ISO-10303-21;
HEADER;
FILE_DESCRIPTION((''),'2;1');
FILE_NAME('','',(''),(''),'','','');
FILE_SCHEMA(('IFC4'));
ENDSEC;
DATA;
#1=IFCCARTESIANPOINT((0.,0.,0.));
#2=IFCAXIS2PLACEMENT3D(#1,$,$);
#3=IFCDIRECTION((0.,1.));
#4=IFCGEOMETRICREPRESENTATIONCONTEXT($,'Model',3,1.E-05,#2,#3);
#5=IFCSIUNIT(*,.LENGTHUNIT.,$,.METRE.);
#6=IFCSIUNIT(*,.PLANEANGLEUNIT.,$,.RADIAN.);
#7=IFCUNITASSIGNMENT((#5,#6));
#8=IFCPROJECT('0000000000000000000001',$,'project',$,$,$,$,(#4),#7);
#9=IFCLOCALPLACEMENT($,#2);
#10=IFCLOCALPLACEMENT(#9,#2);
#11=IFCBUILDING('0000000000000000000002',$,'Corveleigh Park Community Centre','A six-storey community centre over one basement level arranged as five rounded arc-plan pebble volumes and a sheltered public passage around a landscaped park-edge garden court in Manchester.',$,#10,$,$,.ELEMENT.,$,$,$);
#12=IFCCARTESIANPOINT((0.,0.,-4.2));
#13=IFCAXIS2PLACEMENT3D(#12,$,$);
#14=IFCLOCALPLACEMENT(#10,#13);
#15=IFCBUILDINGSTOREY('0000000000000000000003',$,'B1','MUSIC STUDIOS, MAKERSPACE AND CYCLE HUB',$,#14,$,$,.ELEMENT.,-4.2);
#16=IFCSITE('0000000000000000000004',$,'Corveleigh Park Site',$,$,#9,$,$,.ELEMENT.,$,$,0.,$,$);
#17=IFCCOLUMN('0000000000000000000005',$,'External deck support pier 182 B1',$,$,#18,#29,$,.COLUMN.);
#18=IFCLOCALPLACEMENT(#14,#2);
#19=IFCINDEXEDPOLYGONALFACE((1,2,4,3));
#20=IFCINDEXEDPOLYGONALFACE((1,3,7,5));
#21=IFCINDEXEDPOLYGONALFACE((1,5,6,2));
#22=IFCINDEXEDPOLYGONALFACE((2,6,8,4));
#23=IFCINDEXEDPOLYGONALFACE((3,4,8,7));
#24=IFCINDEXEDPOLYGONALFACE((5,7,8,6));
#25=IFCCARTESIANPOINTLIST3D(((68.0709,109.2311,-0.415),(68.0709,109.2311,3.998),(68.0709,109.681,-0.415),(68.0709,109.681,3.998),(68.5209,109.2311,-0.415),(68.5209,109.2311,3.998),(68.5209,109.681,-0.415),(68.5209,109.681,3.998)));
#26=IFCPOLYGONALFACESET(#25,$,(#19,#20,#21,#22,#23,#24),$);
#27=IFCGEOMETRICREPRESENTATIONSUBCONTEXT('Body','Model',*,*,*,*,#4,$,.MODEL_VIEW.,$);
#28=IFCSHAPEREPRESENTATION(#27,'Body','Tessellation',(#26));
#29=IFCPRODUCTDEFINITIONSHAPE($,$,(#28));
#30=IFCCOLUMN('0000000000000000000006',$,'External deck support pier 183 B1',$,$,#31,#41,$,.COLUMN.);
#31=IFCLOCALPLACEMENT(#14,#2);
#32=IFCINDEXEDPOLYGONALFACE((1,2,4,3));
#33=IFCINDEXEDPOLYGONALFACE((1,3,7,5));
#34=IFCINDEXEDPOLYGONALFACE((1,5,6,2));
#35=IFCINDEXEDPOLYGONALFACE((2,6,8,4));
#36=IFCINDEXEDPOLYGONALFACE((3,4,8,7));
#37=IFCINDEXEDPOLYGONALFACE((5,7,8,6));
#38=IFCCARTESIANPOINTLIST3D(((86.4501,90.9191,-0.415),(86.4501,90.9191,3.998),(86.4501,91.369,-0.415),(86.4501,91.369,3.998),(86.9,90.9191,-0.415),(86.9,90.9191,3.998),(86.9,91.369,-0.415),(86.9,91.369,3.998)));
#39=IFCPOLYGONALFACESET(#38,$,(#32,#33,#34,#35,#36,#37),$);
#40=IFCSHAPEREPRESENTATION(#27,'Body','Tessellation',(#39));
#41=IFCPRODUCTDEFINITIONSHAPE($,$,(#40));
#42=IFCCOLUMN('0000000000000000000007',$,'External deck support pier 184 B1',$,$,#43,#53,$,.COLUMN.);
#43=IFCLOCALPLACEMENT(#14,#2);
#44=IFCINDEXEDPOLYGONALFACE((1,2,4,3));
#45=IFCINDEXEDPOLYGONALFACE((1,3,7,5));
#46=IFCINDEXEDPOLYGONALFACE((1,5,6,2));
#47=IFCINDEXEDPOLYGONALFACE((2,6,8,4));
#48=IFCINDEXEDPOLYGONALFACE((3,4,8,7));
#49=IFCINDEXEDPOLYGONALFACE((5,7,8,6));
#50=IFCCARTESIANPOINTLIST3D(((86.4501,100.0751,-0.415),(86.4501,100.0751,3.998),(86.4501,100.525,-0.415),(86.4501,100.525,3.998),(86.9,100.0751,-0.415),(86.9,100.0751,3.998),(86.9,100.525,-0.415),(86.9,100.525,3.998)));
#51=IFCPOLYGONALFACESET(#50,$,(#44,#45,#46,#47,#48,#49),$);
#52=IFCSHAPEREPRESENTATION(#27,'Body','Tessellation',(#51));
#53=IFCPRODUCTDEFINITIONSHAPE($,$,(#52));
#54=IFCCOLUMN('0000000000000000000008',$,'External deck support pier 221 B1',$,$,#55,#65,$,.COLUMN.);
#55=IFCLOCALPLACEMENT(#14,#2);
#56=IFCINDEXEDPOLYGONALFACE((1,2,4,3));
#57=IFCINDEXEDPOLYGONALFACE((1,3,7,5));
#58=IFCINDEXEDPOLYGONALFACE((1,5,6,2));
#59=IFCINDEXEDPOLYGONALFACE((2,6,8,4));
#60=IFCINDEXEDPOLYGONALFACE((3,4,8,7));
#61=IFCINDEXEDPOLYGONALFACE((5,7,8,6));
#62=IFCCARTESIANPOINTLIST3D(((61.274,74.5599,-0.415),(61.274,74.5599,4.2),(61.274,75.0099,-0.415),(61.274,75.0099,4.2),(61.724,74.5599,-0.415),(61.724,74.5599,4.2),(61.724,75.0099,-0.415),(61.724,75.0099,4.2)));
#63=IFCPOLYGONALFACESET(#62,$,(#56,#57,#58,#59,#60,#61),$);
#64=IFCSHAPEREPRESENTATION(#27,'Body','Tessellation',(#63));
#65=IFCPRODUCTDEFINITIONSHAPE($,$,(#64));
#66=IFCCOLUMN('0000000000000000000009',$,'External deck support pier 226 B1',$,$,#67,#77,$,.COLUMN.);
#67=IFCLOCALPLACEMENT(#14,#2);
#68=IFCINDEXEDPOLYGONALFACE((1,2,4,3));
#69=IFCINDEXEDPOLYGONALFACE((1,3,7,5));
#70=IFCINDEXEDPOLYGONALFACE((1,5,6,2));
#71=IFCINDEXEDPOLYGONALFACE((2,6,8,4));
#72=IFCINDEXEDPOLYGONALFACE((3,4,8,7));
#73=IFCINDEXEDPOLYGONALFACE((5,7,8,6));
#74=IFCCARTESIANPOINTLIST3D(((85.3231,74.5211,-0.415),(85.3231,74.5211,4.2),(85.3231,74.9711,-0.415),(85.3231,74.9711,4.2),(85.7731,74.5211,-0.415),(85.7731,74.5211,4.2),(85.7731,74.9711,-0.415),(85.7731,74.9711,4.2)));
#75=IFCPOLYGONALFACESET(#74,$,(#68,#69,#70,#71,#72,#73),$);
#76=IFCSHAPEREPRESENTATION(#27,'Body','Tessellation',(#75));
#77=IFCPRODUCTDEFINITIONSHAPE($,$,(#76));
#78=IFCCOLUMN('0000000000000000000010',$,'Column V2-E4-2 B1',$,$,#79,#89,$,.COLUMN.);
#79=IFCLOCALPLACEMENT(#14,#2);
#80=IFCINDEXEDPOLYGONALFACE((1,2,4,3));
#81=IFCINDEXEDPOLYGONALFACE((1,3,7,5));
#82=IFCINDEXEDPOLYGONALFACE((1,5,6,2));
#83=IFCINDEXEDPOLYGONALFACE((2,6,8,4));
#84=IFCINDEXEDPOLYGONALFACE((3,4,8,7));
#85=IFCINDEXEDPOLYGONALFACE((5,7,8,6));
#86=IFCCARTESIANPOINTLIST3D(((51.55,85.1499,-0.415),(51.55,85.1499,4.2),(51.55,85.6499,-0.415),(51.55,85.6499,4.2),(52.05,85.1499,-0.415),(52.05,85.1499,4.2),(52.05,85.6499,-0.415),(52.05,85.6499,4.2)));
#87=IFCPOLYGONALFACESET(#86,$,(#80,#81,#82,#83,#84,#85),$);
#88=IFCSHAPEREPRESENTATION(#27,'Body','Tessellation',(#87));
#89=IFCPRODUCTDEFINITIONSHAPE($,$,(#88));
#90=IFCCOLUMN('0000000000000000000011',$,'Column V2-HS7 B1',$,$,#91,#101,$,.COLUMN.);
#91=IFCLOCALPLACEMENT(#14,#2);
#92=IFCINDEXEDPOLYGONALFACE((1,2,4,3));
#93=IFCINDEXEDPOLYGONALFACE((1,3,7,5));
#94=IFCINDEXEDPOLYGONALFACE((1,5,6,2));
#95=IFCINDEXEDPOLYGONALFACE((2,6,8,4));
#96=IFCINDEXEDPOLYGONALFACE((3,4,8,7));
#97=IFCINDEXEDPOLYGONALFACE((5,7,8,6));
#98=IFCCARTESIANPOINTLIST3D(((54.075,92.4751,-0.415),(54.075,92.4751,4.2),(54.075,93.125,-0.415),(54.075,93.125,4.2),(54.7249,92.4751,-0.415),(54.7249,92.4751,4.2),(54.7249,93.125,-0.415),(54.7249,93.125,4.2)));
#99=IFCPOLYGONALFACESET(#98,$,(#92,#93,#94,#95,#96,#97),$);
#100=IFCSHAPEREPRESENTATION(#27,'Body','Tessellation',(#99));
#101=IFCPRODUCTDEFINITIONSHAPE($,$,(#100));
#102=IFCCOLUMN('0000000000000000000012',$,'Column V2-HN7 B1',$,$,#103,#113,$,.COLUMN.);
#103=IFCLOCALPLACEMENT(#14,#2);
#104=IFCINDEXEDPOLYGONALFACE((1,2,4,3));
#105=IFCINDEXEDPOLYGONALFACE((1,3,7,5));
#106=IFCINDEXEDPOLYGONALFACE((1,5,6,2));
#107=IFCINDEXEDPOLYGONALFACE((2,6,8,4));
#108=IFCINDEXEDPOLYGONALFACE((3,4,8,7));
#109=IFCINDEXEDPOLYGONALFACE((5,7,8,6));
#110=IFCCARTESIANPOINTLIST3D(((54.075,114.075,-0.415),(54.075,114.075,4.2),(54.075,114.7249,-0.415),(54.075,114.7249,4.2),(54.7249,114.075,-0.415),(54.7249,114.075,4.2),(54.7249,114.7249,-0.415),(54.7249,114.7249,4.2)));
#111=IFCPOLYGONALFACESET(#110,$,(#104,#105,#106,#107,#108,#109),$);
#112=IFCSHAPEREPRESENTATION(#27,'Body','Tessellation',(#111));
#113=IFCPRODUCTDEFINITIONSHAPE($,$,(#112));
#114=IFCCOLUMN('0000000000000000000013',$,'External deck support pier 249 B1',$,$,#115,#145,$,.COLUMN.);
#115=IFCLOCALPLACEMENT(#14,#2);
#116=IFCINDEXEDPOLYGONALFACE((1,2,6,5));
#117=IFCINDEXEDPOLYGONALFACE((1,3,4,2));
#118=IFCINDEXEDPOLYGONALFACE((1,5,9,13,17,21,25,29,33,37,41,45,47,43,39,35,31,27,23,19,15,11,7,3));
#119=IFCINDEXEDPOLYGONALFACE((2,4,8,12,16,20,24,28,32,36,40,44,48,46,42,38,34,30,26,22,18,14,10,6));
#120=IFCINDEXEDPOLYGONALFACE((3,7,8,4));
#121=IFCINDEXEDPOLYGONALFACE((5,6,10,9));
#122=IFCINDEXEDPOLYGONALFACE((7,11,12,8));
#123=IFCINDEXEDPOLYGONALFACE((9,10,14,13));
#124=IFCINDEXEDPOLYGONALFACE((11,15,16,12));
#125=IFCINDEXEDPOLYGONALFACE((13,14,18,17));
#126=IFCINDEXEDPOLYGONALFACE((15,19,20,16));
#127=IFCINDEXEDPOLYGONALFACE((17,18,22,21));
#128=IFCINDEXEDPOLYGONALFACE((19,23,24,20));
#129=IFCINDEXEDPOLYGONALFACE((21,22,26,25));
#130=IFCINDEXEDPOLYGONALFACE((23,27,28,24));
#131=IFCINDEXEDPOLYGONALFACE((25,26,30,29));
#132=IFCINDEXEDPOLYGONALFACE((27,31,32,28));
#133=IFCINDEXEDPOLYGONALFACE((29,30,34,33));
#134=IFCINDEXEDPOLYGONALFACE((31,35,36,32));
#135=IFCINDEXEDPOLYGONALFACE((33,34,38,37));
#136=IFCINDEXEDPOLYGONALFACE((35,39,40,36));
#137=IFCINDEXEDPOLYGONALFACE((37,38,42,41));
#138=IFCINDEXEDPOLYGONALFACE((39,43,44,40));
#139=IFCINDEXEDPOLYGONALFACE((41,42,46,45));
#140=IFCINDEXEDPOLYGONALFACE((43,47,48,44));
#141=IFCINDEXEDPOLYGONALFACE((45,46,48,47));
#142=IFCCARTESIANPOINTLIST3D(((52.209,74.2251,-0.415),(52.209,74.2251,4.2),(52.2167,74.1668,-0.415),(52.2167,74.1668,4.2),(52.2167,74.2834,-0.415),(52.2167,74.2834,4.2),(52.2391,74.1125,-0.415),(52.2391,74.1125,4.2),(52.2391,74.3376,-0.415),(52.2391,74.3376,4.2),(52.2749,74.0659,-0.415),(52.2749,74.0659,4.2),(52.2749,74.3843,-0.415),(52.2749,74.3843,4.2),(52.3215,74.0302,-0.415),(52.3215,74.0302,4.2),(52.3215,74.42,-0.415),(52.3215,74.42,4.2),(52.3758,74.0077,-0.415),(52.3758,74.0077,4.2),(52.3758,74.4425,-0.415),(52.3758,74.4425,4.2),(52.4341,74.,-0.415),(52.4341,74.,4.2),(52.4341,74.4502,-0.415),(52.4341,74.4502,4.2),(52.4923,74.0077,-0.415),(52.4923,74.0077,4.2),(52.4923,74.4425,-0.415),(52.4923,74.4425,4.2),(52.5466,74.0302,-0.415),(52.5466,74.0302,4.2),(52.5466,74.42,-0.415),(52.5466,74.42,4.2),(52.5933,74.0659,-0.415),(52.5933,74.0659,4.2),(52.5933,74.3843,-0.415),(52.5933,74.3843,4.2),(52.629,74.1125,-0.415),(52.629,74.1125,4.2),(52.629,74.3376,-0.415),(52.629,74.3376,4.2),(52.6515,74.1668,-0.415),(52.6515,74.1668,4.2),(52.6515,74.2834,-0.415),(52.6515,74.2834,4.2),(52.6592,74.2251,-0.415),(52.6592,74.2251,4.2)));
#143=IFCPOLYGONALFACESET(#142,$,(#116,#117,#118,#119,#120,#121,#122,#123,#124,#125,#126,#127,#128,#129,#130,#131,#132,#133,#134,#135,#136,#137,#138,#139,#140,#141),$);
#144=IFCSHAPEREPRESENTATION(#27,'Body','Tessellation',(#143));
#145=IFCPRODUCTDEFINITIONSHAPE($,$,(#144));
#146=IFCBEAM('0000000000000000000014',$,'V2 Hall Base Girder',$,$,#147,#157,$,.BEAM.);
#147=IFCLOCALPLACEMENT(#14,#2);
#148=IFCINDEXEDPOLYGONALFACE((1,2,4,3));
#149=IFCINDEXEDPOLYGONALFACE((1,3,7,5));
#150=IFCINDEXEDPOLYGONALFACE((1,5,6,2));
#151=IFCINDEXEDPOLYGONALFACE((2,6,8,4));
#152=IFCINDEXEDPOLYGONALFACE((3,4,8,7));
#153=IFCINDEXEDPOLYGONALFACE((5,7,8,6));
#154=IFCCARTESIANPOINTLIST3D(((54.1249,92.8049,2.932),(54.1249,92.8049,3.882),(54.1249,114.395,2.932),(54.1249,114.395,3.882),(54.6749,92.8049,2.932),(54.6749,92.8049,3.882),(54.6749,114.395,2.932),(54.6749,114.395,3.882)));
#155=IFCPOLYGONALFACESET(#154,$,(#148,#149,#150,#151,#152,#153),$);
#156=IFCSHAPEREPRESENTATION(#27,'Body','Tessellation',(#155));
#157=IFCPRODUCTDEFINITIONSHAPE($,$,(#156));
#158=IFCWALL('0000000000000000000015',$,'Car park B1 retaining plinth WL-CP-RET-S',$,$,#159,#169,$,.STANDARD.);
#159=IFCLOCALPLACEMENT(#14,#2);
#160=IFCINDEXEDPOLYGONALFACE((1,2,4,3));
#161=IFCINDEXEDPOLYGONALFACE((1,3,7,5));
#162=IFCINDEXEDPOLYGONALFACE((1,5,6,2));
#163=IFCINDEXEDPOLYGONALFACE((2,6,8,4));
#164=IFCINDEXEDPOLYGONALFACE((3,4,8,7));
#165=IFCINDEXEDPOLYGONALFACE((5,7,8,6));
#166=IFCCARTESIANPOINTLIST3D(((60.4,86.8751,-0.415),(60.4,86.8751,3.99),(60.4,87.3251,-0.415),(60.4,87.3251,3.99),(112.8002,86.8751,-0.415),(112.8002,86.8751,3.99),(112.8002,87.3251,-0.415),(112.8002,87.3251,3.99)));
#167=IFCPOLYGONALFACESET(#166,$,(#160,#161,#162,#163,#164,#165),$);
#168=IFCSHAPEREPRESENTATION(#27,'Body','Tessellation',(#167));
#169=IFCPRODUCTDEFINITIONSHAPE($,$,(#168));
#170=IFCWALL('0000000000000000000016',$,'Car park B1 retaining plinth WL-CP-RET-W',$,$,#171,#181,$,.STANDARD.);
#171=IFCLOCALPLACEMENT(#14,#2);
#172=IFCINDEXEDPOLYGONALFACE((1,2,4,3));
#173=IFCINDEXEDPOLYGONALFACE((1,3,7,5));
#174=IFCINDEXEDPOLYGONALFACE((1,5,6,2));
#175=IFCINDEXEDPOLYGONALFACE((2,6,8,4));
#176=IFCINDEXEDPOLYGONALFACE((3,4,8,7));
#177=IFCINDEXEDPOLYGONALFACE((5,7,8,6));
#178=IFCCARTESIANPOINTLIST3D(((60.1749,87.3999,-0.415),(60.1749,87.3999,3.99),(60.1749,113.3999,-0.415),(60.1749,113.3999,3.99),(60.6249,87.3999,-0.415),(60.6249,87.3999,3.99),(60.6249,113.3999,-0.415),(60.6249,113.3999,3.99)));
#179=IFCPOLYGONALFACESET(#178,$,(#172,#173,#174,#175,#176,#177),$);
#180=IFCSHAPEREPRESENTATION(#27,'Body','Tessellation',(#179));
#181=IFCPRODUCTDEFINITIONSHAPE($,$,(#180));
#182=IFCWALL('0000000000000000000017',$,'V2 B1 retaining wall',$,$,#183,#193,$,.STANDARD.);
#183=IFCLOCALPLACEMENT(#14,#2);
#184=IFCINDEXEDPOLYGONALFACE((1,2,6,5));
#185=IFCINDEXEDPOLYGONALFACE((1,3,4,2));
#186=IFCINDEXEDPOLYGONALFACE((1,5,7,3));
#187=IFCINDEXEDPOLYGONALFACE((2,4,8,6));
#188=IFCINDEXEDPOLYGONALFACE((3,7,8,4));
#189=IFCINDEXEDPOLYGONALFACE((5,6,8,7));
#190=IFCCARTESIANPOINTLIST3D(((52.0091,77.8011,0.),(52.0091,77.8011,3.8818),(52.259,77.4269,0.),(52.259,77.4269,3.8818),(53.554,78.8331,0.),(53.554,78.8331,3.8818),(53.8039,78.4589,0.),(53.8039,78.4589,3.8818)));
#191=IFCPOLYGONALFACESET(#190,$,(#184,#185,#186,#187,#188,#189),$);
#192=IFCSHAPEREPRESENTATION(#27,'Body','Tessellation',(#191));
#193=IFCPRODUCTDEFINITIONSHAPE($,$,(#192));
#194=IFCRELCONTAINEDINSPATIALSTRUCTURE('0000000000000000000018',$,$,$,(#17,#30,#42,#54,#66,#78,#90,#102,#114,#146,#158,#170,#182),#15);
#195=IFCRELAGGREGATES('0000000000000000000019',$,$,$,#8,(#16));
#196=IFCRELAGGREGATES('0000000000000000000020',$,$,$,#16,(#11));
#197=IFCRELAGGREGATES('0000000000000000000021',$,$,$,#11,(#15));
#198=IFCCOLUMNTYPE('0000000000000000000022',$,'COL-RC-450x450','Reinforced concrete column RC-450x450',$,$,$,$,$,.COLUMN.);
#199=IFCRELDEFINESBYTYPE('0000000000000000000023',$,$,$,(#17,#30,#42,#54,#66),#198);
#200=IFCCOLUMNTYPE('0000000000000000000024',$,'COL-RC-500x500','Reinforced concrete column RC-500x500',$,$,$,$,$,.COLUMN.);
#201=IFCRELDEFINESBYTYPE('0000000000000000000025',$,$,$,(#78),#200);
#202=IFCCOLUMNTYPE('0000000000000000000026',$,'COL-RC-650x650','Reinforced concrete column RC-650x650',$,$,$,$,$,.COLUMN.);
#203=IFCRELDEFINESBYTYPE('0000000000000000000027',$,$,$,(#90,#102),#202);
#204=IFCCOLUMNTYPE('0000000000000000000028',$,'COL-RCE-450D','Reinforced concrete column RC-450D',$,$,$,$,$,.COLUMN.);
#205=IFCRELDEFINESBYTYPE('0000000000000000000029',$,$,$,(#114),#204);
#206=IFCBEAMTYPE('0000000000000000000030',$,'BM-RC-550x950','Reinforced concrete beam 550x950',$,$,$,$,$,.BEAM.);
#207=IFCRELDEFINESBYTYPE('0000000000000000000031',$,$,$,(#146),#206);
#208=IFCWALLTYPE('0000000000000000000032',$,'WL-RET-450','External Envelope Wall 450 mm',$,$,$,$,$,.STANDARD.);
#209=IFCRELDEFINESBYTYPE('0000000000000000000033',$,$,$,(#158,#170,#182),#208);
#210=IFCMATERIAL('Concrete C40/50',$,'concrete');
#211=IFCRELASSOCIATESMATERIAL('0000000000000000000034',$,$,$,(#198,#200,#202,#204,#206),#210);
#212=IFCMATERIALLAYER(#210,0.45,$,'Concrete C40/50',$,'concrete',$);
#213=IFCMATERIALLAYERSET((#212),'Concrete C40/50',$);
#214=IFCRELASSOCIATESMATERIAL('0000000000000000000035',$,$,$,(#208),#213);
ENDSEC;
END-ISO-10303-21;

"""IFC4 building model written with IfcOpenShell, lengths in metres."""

from ifc_helpers import new_model, si_unit, direction, frame, frame_2d, origin, origin_2d, place, context, subcontext, project, spatial, rectangle, circle, extrude, material, layer, layer_set, material_profile, profile_set, type_object, element, save


model = new_model("IFC4")

# Units and contexts
model_context = context("Model", 3, precision=1e-05, world=origin(), true_north=direction((0.0, 1.0)))
body_context = subcontext(model_context, "Body", "Model", "MODEL_VIEW")
ifc_project = project(units=[si_unit("LENGTHUNIT", "METRE"), si_unit("PLANEANGLEUNIT", "RADIAN")], contexts=[model_context])

# Site, building, storey
site_placement = place(None, origin())
site = spatial("IfcSite", under=ifc_project, at=site_placement, Name="Corveleigh Park Site", CompositionType="ELEMENT", RefElevation=0.0)
building_placement = place(site_placement, origin())
building = spatial("IfcBuilding", under=site, at=building_placement, Name="Corveleigh Park Community Centre", Description="A six-storey community centre over one basement level arranged as five rounded arc-plan pebble volumes and a sheltered public passage around a landscaped park-edge garden court in Manchester.", CompositionType="ELEMENT")
storey_placement = place(building_placement, frame((0.0, 0.0, -4.2)))
storey = spatial("IfcBuildingStorey", under=building, at=storey_placement, Name="B1", Description="MUSIC STUDIOS, MAKERSPACE AND CYCLE HUB", CompositionType="ELEMENT", Elevation=-4.2)

# Shared definitions
ifc_material_1 = material(Name="Concrete C40/50", Category="concrete")

# Columns
ifc_material_profile_1 = material_profile(ifc_material_1, rectangle(XDim=0.45, YDim=0.45, at=origin_2d()), Name="RC-450x450", Category="concrete")
ifc_profile_set_1 = profile_set([ifc_material_profile_1], Name="Concrete C40/50")
column_type_1 = type_object("IfcColumnType", Name="COL-RC-450x450", Description="Reinforced concrete column RC-450x450", PredefinedType="COLUMN", material=ifc_profile_set_1)
for number, where, z_axis, x_axis, name in (
    (1, (68.2959, 109.4561, -0.415), (0.0, 0.0, 1.0), (1.0, 0.0, 0.0), "External deck support pier 182 B1"),
    (2, (86.675, 91.144, -0.415), (0.0, 0.0, 1.0), (1.0, 0.0, 0.0), "External deck support pier 183 B1"),
    (3, (86.675, 100.3, -0.415), (0.0, 0.0, 1.0), (1.0, 0.0, 0.0), "External deck support pier 184 B1"),
):
    element("IfcColumn", number, at=place(storey_placement, frame(where, z_axis=z_axis, x_axis=x_axis)), inside=storey, type_object=column_type_1, Name=name, PredefinedType="COLUMN", context=body_context, shape_type="SweptSolid", body=[
        extrude(rectangle(XDim=0.45, YDim=0.45, at=origin_2d()), origin(), (0.0, 0.0, 1.0), 4.4131),
    ])
for number, where, z_axis, x_axis, name in (
    (4, (61.499, 74.7849, -0.415), (0.0, 0.0, 1.0), (1.0, 0.0, 0.0), "External deck support pier 221 B1"),
    (5, (85.5481, 74.7461, -0.415), (0.0, 0.0, 1.0), (1.0, 0.0, 0.0), "External deck support pier 226 B1"),
):
    element("IfcColumn", number, at=place(storey_placement, frame(where, z_axis=z_axis, x_axis=x_axis)), inside=storey, type_object=column_type_1, Name=name, PredefinedType="COLUMN", context=body_context, shape_type="SweptSolid", body=[
        extrude(rectangle(XDim=0.45, YDim=0.45, at=origin_2d()), origin(), (0.0, 0.0, 1.0), 4.615),
    ])
ifc_material_profile_2 = material_profile(ifc_material_1, rectangle(XDim=0.5, YDim=0.5, at=origin_2d()), Name="RC-500x500", Category="concrete")
ifc_profile_set_2 = profile_set([ifc_material_profile_2], Name="Concrete C40/50")
column_type_2 = type_object("IfcColumnType", Name="COL-RC-500x500", Description="Reinforced concrete column RC-500x500", PredefinedType="COLUMN", material=ifc_profile_set_2)
column_1_placement = place(storey_placement, frame((51.8, 85.3999, -0.415), z_axis=(0.0, 0.0, 1.0), x_axis=(1.0, 0.0, 0.0)))
element("IfcColumn", 6, at=column_1_placement, inside=storey, type_object=column_type_2, Name="Column V2-E4-2 B1", PredefinedType="COLUMN", context=body_context, shape_type="SweptSolid", body=[
    extrude(rectangle(XDim=0.5, YDim=0.5, at=origin_2d()), origin(), (0.0, 0.0, 1.0), 4.615),
])
ifc_material_profile_3 = material_profile(ifc_material_1, rectangle(XDim=0.6499, YDim=0.6499, at=origin_2d()), Name="RC-650x650", Category="concrete")
ifc_profile_set_3 = profile_set([ifc_material_profile_3], Name="Concrete C40/50")
column_type_3 = type_object("IfcColumnType", Name="COL-RC-650x650", Description="Reinforced concrete column RC-650x650", PredefinedType="COLUMN", material=ifc_profile_set_3)
for number, where, z_axis, x_axis, name in (
    (7, (54.3999, 92.8, -0.415), (0.0, 0.0, 1.0), (1.0, 0.0, 0.0), "Column V2-HS7 B1"),
    (8, (54.3999, 114.3999, -0.415), (0.0, 0.0, 1.0), (1.0, 0.0, 0.0), "Column V2-HN7 B1"),
):
    element("IfcColumn", number, at=place(storey_placement, frame(where, z_axis=z_axis, x_axis=x_axis)), inside=storey, type_object=column_type_3, Name=name, PredefinedType="COLUMN", context=body_context, shape_type="SweptSolid", body=[
        extrude(rectangle(XDim=0.6499, YDim=0.6499, at=origin_2d()), origin(), (0.0, 0.0, 1.0), 4.615),
    ])
ifc_material_profile_4 = material_profile(ifc_material_1, circle(Radius=0.2251, at=origin_2d()), Name="RC-450D", Category="concrete")
ifc_profile_set_4 = profile_set([ifc_material_profile_4], Name="Concrete C40/50")
column_type_4 = type_object("IfcColumnType", Name="COL-RCE-450D", Description="Reinforced concrete column RC-450D", PredefinedType="COLUMN", material=ifc_profile_set_4)
column_2_placement = place(storey_placement, frame((52.4341, 74.2251, -0.415), z_axis=(0.0, 0.0, 1.0), x_axis=(1.0, 0.0, 0.0)))
element("IfcColumn", 9, at=column_2_placement, inside=storey, type_object=column_type_4, Name="External deck support pier 249 B1", PredefinedType="COLUMN", context=body_context, shape_type="SweptSolid", body=[
    extrude(circle(Radius=0.2251, at=origin_2d()), origin(), (0.0, 0.0, 1.0), 4.615),
])

# Beam
ifc_material_profile_5 = material_profile(ifc_material_1, rectangle(XDim=0.55, YDim=0.95, at=origin_2d()), Name="RC-550x950", Category="concrete")
ifc_profile_set_5 = profile_set([ifc_material_profile_5], Name="Concrete C40/50")
beam_type = type_object("IfcBeamType", Name="BM-RC-550x950", Description="Reinforced concrete beam 550x950", PredefinedType="BEAM", material=ifc_profile_set_5)
beam_placement = place(storey_placement, frame((54.3999, 92.8049, 3.407), z_axis=(0.0, 1.0, 0.0), x_axis=(-1.0, 0.0, 0.0)))
element("IfcBeam", 10, at=beam_placement, inside=storey, type_object=beam_type, Name="V2 Hall Base Girder", PredefinedType="BEAM", context=body_context, shape_type="SweptSolid", body=[
    extrude(rectangle(XDim=0.55, YDim=0.95, at=origin_2d()), origin(), (0.0, 0.0, 1.0), 21.5901),
])

# Walls
ifc_layer_1 = layer(ifc_material_1, 0.45, Name="Concrete C40/50", Category="concrete")
ifc_layer_set_1 = layer_set([ifc_layer_1], Name="Concrete C40/50")
wall_type_1 = type_object("IfcWallType", Name="WL-RET-450", Description="External Envelope Wall 450 mm", PredefinedType="STANDARD", material=ifc_layer_set_1)
wall_1_placement = place(storey_placement, frame((60.3999, 87.1001, -0.415), z_axis=(0.0, 0.0, 1.0), x_axis=(1.0, 0.0, 0.0)))
element("IfcWall", 11, at=wall_1_placement, inside=storey, type_object=wall_type_1, Name="Car park B1 retaining plinth WL-CP-RET-S", PredefinedType="STANDARD", context=body_context, shape_type="SweptSolid", body=[
    extrude(rectangle(XDim=52.4001, YDim=0.45, at=frame_2d((26.2002, 0.0))), origin(), (0.0, 0.0, 1.0), 4.405),
])
wall_2_placement = place(storey_placement, frame((60.3999, 113.3999, -0.415), z_axis=(0.0, 0.0, 1.0), x_axis=(0.0, -1.0, 0.0)))
element("IfcWall", 12, at=wall_2_placement, inside=storey, type_object=wall_type_1, Name="Car park B1 retaining plinth WL-CP-RET-W", PredefinedType="STANDARD", context=body_context, shape_type="SweptSolid", body=[
    extrude(rectangle(XDim=26.0, YDim=0.45, at=frame_2d((13.0, 0.0))), origin(), (0.0, 0.0, 1.0), 4.405),
])
wall_3_placement = place(storey_placement, frame((53.679, 78.646, 0.0), z_axis=(0.0, 0.0, 1.0), x_axis=(-0.831545, -0.555458, 0.0)))
element("IfcWall", 13, at=wall_3_placement, inside=storey, type_object=wall_type_1, Name="V2 B1 retaining wall", PredefinedType="STANDARD", context=body_context, shape_type="SweptSolid", body=[
    extrude(rectangle(XDim=1.8579, YDim=0.45, at=frame_2d((0.929, 0.0))), origin(), (0.0, 0.0, 1.0), 3.8818),
])

save(model, "model.ifc")
